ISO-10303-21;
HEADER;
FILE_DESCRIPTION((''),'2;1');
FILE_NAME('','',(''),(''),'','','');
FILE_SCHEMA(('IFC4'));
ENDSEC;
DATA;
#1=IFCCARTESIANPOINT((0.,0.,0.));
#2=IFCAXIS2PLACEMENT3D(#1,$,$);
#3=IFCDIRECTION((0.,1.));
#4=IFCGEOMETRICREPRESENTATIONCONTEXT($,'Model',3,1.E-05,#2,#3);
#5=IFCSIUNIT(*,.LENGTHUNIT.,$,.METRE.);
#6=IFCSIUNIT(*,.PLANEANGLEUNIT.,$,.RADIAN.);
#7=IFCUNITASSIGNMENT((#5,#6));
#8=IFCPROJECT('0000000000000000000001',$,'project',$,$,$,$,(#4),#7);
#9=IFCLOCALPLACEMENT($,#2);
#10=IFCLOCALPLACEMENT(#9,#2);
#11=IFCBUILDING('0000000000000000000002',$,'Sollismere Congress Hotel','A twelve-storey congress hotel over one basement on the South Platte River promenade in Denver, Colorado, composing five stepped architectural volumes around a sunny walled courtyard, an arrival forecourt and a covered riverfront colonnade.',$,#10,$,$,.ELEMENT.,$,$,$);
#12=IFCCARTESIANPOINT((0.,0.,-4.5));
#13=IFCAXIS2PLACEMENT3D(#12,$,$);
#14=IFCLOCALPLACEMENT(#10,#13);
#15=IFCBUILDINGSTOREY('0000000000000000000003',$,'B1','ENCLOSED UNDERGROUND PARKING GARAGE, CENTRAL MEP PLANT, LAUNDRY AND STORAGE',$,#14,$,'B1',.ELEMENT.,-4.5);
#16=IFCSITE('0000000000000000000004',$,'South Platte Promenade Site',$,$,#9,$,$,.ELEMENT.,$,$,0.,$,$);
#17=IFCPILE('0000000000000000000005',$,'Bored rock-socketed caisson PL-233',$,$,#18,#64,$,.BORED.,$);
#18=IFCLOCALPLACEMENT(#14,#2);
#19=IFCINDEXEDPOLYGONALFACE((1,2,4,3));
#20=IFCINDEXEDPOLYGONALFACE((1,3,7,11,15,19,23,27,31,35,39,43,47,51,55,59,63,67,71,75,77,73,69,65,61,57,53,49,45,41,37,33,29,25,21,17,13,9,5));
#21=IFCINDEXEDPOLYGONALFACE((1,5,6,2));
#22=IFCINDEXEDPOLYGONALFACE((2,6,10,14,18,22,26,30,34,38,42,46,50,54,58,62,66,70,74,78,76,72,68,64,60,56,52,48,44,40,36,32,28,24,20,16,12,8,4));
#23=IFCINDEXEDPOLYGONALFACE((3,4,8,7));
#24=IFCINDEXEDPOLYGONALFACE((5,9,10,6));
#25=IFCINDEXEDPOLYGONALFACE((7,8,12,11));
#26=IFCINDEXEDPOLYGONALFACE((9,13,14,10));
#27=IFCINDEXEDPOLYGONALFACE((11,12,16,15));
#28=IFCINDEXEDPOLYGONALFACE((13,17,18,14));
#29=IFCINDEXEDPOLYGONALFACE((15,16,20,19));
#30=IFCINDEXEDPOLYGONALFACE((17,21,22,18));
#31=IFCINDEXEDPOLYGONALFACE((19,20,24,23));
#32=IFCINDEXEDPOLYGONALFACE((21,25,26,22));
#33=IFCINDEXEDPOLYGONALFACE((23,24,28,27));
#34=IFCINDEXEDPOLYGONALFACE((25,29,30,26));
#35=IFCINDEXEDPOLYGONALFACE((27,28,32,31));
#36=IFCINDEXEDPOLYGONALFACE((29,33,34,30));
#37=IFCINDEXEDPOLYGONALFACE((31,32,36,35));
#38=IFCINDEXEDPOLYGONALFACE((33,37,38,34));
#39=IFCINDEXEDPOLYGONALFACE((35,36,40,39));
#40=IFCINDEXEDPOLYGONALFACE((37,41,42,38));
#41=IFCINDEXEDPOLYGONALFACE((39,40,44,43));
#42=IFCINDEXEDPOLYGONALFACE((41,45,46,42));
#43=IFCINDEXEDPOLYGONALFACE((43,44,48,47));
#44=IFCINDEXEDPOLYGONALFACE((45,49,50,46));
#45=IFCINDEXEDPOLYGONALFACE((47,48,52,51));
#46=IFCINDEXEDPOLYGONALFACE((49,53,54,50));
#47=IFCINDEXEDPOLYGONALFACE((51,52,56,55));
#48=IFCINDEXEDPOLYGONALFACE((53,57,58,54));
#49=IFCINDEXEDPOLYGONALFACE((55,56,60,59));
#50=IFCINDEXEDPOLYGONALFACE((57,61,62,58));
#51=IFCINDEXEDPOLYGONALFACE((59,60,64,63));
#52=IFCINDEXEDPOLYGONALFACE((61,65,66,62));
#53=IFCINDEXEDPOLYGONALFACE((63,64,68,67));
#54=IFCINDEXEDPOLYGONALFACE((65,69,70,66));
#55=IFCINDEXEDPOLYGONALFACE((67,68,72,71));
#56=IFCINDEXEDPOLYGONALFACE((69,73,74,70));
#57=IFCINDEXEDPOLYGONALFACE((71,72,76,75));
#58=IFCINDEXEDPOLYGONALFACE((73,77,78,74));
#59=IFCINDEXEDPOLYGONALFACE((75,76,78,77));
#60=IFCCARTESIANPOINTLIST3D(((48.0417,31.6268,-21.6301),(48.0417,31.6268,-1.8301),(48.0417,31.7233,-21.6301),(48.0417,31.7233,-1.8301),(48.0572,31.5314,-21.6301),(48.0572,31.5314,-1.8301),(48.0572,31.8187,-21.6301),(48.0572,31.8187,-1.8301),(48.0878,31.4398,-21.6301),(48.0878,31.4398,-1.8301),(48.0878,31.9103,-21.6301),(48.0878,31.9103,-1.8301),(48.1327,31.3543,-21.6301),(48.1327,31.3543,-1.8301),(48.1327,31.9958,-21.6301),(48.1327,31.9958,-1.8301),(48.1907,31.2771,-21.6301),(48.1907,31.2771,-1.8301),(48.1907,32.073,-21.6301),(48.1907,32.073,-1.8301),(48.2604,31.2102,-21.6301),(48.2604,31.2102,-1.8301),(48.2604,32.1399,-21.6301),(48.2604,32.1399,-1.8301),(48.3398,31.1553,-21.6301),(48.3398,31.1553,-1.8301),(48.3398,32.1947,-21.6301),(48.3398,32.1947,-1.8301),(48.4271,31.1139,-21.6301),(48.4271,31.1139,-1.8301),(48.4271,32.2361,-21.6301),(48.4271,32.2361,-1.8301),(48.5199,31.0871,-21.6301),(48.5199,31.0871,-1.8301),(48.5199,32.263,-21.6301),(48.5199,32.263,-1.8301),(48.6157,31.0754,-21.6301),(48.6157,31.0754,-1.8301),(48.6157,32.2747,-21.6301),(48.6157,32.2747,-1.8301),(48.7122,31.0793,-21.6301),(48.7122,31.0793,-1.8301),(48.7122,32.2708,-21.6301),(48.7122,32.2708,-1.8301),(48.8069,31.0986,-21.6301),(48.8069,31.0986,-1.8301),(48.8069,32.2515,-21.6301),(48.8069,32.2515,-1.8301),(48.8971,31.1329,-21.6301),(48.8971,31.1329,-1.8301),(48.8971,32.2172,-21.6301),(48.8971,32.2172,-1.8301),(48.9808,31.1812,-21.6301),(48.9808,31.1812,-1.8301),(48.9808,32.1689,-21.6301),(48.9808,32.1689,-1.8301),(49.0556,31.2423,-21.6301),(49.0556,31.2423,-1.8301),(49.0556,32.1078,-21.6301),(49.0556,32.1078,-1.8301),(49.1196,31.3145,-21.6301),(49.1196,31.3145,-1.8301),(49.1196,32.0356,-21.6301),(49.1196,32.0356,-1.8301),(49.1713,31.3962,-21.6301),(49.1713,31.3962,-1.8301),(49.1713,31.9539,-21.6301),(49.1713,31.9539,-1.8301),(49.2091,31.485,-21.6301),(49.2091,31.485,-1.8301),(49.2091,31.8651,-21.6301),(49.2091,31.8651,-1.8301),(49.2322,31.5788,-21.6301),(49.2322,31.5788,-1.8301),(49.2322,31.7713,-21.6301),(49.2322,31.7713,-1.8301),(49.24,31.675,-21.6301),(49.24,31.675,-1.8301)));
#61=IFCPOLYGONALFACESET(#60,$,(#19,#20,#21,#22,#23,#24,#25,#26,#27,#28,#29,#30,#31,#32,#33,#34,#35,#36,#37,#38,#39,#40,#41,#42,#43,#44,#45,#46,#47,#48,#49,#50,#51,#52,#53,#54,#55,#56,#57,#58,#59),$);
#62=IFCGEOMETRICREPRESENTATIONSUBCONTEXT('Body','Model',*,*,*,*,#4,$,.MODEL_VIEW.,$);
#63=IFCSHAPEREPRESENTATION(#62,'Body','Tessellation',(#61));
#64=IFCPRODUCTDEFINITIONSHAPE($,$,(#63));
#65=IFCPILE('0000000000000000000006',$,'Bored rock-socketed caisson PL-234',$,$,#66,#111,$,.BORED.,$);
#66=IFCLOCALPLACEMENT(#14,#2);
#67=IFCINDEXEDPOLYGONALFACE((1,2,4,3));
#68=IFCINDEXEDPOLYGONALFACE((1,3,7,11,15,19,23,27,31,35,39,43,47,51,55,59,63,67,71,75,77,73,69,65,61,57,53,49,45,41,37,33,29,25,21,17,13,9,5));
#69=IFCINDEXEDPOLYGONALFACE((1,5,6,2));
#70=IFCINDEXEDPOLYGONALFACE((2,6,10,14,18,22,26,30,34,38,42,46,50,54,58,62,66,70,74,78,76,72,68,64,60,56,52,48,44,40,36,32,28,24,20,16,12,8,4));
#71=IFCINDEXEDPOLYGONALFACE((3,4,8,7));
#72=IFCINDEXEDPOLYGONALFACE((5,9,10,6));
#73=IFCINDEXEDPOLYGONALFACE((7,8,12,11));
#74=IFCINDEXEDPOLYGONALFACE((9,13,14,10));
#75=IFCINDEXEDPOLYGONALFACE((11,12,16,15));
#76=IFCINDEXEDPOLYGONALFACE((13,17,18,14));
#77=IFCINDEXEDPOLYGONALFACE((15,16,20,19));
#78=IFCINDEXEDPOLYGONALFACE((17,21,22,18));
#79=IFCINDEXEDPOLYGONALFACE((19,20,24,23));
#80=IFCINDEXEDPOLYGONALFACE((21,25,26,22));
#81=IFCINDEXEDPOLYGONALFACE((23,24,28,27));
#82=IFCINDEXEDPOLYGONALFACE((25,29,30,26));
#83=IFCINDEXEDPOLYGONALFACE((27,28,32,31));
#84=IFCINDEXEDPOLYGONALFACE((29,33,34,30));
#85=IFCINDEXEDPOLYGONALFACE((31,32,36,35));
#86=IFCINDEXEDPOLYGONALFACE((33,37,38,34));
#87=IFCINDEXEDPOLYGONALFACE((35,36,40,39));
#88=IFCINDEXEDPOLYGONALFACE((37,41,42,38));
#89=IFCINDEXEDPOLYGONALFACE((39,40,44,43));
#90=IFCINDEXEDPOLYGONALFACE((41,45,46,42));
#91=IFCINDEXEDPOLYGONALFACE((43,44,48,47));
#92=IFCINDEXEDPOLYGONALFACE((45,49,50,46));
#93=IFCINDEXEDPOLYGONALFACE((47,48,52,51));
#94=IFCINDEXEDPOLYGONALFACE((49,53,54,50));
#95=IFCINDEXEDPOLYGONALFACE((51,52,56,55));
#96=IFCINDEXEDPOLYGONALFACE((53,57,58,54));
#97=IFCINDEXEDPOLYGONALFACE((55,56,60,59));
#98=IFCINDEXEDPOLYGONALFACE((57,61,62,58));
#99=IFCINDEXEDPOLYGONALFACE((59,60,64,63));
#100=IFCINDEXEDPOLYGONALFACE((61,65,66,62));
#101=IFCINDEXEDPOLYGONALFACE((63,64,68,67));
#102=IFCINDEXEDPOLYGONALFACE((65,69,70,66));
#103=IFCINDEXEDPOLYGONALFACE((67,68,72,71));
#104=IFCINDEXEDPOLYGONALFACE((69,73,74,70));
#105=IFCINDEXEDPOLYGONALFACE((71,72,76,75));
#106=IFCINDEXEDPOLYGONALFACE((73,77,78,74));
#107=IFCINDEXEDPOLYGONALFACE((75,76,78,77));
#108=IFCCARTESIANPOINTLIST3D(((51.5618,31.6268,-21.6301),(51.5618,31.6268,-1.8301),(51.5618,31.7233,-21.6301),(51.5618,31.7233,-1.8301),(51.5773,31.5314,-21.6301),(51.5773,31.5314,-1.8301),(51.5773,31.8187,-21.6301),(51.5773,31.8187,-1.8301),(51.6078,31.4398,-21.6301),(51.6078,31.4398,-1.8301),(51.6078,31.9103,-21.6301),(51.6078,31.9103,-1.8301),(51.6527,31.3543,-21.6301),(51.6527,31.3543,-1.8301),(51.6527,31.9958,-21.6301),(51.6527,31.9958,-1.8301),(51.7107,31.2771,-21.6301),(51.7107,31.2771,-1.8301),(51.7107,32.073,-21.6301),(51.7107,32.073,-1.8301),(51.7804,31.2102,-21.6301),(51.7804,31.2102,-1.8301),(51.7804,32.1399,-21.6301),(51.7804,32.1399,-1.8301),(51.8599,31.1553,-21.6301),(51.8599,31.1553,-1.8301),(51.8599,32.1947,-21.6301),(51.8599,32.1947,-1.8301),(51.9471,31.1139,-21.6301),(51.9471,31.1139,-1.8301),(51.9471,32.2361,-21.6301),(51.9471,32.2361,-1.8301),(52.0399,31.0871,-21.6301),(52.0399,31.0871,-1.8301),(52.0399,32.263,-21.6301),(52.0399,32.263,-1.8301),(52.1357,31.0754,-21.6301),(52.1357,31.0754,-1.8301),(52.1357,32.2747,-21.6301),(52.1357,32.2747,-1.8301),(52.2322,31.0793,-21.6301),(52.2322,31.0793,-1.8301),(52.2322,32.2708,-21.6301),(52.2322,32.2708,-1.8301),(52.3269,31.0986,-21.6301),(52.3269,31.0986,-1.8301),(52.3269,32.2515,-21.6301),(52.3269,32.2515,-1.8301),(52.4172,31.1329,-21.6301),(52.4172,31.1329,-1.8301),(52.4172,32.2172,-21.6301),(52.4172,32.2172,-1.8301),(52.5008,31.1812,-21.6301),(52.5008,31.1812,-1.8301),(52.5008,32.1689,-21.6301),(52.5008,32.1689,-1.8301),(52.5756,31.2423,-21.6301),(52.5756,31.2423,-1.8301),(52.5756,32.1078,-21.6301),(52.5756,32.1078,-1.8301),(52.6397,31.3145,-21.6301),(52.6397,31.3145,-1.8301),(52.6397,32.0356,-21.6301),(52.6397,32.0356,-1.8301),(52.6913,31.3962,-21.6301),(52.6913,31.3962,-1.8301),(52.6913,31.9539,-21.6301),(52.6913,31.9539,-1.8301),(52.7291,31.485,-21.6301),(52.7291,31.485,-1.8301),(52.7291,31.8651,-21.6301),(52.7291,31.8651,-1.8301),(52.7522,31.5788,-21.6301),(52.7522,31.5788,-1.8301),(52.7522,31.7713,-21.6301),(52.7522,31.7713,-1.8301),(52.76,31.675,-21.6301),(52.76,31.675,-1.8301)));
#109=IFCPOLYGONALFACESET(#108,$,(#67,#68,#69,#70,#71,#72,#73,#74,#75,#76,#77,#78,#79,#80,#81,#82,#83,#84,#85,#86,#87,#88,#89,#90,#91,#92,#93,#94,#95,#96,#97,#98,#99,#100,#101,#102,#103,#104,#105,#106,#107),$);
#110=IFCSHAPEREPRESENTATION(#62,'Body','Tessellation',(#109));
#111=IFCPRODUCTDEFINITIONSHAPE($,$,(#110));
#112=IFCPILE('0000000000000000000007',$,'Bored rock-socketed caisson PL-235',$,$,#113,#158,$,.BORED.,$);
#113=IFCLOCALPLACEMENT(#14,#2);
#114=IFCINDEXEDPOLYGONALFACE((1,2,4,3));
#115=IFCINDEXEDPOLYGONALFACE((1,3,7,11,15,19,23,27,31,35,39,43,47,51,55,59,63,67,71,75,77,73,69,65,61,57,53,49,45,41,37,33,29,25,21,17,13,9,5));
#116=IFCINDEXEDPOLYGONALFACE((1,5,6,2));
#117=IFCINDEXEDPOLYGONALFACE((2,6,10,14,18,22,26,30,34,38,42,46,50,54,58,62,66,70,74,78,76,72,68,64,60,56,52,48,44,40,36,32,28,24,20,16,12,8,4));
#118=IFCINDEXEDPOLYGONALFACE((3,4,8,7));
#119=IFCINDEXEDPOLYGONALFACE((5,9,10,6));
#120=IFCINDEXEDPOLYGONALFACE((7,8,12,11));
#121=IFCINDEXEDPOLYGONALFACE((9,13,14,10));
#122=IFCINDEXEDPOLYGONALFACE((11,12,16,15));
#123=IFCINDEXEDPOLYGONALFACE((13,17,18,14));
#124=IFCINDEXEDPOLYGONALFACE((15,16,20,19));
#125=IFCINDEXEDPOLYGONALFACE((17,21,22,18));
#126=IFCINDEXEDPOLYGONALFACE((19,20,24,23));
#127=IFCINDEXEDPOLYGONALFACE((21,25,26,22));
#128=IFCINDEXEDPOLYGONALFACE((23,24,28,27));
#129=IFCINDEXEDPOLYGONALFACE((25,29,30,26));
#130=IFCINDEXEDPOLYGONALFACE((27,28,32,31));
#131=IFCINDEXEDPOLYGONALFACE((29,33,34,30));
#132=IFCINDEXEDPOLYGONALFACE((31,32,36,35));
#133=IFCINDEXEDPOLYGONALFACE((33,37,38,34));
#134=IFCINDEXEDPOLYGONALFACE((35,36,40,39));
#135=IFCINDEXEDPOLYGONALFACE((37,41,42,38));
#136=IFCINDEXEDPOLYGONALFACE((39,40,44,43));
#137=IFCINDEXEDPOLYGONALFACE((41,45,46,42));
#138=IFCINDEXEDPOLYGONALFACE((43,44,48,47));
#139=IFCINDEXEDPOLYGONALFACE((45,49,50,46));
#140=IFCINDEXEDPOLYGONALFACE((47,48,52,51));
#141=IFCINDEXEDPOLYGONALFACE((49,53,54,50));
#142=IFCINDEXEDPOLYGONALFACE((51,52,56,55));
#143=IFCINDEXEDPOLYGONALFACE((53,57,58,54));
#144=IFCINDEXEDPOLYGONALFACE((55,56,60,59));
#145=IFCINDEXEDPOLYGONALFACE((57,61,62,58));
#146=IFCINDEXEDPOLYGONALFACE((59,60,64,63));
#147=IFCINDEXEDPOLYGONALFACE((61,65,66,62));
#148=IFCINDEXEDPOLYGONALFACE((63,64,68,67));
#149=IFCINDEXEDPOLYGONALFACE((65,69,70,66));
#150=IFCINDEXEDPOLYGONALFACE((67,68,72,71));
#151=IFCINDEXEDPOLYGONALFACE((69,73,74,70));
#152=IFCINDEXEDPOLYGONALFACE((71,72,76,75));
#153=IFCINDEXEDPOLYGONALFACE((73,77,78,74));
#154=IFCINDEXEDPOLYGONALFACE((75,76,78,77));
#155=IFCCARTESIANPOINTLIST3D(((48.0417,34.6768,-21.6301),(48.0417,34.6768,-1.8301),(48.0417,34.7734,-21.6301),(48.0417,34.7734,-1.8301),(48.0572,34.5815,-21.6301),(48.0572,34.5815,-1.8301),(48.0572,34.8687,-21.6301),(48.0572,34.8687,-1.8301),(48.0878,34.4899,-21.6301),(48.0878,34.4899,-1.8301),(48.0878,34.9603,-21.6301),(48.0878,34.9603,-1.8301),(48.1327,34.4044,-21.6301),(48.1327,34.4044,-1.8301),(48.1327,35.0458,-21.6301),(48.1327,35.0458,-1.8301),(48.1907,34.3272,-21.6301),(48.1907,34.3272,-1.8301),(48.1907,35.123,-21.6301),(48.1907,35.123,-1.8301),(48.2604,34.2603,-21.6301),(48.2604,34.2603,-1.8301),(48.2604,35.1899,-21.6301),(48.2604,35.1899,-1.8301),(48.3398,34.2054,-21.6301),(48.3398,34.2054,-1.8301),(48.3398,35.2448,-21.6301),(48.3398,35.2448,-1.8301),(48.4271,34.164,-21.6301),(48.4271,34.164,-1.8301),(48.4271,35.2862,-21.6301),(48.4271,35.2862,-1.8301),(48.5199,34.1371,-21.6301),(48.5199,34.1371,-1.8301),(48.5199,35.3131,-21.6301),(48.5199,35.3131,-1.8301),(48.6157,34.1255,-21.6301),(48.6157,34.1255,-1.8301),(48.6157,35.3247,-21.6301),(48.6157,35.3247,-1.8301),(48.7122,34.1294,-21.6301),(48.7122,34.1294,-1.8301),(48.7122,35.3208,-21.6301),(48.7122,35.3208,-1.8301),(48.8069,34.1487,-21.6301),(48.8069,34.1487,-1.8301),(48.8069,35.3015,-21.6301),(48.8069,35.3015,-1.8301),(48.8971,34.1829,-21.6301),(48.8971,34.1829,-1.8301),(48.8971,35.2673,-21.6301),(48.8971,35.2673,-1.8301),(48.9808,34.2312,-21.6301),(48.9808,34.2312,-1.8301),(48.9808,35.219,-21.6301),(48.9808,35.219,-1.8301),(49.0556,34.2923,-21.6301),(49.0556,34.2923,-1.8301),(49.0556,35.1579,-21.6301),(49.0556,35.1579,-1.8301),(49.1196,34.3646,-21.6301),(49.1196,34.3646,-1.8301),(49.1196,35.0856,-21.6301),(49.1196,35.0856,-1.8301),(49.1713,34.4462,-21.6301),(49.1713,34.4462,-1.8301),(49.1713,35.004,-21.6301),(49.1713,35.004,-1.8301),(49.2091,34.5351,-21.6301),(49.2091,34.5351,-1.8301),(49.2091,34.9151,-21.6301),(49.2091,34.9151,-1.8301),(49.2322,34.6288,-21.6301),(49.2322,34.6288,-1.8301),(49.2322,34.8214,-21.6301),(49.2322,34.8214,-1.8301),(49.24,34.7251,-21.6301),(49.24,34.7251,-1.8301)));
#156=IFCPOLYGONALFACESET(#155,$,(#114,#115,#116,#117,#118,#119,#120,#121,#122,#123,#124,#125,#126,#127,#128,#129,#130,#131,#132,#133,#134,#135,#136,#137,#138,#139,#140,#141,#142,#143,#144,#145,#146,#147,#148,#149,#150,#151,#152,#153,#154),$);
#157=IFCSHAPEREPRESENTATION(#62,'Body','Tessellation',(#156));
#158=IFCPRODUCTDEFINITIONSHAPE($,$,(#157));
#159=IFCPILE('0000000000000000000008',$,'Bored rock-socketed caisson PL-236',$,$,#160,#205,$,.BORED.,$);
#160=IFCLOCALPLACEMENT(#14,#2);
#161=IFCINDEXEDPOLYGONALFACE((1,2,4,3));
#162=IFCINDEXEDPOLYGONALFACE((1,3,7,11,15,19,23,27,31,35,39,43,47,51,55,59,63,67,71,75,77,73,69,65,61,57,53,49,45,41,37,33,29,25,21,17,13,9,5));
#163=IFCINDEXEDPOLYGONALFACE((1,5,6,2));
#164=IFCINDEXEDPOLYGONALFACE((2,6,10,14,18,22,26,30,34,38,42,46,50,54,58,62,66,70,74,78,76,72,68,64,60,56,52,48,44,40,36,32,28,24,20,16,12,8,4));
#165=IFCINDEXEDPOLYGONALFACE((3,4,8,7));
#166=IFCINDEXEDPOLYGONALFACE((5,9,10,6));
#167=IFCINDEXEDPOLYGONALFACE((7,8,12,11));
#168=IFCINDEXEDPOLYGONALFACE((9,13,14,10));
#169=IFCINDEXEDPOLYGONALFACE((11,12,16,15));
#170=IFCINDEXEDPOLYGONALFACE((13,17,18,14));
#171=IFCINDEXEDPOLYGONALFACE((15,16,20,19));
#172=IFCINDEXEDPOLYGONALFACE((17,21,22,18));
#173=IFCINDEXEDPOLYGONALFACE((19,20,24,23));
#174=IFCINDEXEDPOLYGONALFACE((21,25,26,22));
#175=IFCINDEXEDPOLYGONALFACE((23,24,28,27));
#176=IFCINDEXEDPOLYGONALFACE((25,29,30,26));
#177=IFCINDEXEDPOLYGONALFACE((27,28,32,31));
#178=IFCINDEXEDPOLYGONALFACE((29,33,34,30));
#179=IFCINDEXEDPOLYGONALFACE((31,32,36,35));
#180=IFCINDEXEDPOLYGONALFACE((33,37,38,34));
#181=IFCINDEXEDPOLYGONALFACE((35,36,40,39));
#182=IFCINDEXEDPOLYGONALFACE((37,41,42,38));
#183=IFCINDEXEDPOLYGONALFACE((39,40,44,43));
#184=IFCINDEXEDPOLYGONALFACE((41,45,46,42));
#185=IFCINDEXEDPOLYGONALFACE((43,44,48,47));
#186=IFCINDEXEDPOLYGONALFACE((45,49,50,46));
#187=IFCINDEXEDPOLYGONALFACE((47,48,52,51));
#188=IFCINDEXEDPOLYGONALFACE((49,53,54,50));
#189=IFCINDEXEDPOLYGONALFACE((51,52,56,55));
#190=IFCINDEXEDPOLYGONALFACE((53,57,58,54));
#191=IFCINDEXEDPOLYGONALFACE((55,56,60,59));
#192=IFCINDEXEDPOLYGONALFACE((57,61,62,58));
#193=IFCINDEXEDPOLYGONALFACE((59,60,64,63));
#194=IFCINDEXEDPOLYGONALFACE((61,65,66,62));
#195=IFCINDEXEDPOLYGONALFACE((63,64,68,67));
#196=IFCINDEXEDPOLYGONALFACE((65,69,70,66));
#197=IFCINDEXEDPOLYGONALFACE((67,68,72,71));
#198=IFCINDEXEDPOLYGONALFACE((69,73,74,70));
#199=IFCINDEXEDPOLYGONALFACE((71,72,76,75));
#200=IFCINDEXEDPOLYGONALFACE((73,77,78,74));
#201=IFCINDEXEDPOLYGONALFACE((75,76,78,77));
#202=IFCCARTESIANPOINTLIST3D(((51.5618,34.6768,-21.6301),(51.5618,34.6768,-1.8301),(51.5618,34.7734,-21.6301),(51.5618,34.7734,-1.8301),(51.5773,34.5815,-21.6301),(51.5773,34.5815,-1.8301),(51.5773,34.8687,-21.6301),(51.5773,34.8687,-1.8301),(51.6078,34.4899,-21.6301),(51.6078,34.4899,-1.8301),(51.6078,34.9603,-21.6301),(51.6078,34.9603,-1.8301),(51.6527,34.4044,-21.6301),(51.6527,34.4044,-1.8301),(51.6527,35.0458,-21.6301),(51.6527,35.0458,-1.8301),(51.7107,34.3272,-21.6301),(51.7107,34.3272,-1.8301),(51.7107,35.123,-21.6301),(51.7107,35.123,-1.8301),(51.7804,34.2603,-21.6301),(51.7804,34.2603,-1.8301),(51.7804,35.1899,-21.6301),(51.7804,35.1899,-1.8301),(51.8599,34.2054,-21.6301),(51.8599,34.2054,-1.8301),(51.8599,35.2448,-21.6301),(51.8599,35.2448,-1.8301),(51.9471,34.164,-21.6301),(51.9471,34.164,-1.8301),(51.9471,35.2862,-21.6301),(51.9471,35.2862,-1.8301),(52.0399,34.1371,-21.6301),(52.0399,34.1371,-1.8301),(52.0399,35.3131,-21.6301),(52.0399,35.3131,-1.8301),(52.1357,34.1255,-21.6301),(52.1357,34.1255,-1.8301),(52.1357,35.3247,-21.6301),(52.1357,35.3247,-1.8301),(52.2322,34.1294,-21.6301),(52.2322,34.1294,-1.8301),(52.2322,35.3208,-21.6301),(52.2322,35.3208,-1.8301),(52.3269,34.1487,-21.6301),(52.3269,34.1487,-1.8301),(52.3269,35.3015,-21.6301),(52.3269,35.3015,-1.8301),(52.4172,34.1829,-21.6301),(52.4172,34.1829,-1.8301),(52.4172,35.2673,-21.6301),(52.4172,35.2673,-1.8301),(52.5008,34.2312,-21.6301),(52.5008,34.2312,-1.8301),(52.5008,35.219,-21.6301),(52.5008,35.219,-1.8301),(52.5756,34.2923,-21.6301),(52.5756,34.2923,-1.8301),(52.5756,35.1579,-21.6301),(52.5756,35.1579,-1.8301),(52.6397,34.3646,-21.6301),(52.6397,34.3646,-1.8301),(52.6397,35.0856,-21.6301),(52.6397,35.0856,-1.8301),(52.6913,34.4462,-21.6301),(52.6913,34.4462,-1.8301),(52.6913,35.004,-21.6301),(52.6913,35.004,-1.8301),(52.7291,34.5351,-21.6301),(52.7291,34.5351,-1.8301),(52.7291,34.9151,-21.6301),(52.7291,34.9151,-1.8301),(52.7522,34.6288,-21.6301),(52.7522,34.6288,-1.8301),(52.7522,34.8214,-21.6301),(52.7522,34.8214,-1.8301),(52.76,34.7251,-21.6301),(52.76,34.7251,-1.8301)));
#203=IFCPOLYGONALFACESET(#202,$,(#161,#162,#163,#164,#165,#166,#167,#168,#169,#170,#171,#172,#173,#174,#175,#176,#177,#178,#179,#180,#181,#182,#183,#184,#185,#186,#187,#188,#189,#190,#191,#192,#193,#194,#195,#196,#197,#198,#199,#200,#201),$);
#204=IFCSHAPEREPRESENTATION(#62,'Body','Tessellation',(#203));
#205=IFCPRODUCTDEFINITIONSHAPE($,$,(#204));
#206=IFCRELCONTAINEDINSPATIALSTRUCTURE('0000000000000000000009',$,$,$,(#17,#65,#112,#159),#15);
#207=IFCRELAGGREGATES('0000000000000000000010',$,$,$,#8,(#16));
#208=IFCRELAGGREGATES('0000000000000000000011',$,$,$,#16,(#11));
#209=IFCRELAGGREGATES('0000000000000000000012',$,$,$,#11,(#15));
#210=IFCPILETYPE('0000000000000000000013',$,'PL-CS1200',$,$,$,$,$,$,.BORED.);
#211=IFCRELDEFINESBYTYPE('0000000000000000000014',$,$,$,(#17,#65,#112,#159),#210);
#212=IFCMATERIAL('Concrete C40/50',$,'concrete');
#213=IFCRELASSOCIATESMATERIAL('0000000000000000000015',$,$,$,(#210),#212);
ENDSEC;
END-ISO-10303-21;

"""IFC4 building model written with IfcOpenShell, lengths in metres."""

from ifc_helpers import new_model, si_unit, direction, frame, origin, origin_2d, place, context, subcontext, project, spatial, circle, extrude, material, material_profile, profile_set, type_object, element, save


model = new_model("IFC4")

# Units and contexts
model_context = context("Model", 3, precision=1e-05, world=origin(), true_north=direction((0.0, 1.0)))
body_context = subcontext(model_context, "Body", "Model", "MODEL_VIEW")
ifc_project = project(units=[si_unit("LENGTHUNIT", "METRE"), si_unit("PLANEANGLEUNIT", "RADIAN")], contexts=[model_context])

# Site, building, storey
site_placement = place(None, origin())
site = spatial("IfcSite", under=ifc_project, at=site_placement, Name="South Platte Promenade Site", CompositionType="ELEMENT", RefElevation=0.0)
building_placement = place(site_placement, origin())
building = spatial("IfcBuilding", under=site, at=building_placement, Name="Sollismere Congress Hotel", Description="A twelve-storey congress hotel over one basement on the South Platte River promenade in Denver, Colorado, composing five stepped architectural volumes around a sunny walled courtyard, an arrival forecourt and a covered riverfront colonnade.", CompositionType="ELEMENT")
storey_placement = place(building_placement, frame((0.0, 0.0, -4.5)))
storey = spatial("IfcBuildingStorey", under=building, at=storey_placement, Name="B1", Description="ENCLOSED UNDERGROUND PARKING GARAGE, CENTRAL MEP PLANT, LAUNDRY AND STORAGE", LongName="B1", CompositionType="ELEMENT", Elevation=-4.5)

# Shared definitions
ifc_material_1 = material(Name="Concrete C40/50", Category="concrete")

# Piles
ifc_material_profile_1 = material_profile(ifc_material_1, circle(Radius=0.6001, at=origin_2d()), Name="CAISSON1200")
ifc_profile_set_1 = profile_set([ifc_material_profile_1], Name="Concrete C40/50")
pile_type = type_object("IfcPileType", Name="PL-CS1200", PredefinedType="BORED", material=ifc_profile_set_1)
for number, where, z_axis, x_axis, name in (
    (1, (48.6399, 31.675, -1.8301), (0.0, 0.0, -1.0), (1.0, 0.0, 0.0), "Bored rock-socketed caisson PL-233"),
    (2, (52.1599, 31.675, -1.8301), (0.0, 0.0, -1.0), (1.0, 0.0, 0.0), "Bored rock-socketed caisson PL-234"),
    (3, (48.6399, 34.7251, -1.8301), (0.0, 0.0, -1.0), (1.0, 0.0, 0.0), "Bored rock-socketed caisson PL-235"),
    (4, (52.1599, 34.7251, -1.8301), (0.0, 0.0, -1.0), (1.0, 0.0, 0.0), "Bored rock-socketed caisson PL-236"),
):
    element("IfcPile", number, at=place(storey_placement, frame(where, z_axis=z_axis, x_axis=x_axis)), inside=storey, type_object=pile_type, Name=name, PredefinedType="BORED", context=body_context, shape_type="SweptSolid", body=[
        extrude(circle(Radius=0.6001, at=origin_2d()), origin(), (0.0, 0.0, 1.0), 19.8),
    ])

save(model, "model.ifc")
